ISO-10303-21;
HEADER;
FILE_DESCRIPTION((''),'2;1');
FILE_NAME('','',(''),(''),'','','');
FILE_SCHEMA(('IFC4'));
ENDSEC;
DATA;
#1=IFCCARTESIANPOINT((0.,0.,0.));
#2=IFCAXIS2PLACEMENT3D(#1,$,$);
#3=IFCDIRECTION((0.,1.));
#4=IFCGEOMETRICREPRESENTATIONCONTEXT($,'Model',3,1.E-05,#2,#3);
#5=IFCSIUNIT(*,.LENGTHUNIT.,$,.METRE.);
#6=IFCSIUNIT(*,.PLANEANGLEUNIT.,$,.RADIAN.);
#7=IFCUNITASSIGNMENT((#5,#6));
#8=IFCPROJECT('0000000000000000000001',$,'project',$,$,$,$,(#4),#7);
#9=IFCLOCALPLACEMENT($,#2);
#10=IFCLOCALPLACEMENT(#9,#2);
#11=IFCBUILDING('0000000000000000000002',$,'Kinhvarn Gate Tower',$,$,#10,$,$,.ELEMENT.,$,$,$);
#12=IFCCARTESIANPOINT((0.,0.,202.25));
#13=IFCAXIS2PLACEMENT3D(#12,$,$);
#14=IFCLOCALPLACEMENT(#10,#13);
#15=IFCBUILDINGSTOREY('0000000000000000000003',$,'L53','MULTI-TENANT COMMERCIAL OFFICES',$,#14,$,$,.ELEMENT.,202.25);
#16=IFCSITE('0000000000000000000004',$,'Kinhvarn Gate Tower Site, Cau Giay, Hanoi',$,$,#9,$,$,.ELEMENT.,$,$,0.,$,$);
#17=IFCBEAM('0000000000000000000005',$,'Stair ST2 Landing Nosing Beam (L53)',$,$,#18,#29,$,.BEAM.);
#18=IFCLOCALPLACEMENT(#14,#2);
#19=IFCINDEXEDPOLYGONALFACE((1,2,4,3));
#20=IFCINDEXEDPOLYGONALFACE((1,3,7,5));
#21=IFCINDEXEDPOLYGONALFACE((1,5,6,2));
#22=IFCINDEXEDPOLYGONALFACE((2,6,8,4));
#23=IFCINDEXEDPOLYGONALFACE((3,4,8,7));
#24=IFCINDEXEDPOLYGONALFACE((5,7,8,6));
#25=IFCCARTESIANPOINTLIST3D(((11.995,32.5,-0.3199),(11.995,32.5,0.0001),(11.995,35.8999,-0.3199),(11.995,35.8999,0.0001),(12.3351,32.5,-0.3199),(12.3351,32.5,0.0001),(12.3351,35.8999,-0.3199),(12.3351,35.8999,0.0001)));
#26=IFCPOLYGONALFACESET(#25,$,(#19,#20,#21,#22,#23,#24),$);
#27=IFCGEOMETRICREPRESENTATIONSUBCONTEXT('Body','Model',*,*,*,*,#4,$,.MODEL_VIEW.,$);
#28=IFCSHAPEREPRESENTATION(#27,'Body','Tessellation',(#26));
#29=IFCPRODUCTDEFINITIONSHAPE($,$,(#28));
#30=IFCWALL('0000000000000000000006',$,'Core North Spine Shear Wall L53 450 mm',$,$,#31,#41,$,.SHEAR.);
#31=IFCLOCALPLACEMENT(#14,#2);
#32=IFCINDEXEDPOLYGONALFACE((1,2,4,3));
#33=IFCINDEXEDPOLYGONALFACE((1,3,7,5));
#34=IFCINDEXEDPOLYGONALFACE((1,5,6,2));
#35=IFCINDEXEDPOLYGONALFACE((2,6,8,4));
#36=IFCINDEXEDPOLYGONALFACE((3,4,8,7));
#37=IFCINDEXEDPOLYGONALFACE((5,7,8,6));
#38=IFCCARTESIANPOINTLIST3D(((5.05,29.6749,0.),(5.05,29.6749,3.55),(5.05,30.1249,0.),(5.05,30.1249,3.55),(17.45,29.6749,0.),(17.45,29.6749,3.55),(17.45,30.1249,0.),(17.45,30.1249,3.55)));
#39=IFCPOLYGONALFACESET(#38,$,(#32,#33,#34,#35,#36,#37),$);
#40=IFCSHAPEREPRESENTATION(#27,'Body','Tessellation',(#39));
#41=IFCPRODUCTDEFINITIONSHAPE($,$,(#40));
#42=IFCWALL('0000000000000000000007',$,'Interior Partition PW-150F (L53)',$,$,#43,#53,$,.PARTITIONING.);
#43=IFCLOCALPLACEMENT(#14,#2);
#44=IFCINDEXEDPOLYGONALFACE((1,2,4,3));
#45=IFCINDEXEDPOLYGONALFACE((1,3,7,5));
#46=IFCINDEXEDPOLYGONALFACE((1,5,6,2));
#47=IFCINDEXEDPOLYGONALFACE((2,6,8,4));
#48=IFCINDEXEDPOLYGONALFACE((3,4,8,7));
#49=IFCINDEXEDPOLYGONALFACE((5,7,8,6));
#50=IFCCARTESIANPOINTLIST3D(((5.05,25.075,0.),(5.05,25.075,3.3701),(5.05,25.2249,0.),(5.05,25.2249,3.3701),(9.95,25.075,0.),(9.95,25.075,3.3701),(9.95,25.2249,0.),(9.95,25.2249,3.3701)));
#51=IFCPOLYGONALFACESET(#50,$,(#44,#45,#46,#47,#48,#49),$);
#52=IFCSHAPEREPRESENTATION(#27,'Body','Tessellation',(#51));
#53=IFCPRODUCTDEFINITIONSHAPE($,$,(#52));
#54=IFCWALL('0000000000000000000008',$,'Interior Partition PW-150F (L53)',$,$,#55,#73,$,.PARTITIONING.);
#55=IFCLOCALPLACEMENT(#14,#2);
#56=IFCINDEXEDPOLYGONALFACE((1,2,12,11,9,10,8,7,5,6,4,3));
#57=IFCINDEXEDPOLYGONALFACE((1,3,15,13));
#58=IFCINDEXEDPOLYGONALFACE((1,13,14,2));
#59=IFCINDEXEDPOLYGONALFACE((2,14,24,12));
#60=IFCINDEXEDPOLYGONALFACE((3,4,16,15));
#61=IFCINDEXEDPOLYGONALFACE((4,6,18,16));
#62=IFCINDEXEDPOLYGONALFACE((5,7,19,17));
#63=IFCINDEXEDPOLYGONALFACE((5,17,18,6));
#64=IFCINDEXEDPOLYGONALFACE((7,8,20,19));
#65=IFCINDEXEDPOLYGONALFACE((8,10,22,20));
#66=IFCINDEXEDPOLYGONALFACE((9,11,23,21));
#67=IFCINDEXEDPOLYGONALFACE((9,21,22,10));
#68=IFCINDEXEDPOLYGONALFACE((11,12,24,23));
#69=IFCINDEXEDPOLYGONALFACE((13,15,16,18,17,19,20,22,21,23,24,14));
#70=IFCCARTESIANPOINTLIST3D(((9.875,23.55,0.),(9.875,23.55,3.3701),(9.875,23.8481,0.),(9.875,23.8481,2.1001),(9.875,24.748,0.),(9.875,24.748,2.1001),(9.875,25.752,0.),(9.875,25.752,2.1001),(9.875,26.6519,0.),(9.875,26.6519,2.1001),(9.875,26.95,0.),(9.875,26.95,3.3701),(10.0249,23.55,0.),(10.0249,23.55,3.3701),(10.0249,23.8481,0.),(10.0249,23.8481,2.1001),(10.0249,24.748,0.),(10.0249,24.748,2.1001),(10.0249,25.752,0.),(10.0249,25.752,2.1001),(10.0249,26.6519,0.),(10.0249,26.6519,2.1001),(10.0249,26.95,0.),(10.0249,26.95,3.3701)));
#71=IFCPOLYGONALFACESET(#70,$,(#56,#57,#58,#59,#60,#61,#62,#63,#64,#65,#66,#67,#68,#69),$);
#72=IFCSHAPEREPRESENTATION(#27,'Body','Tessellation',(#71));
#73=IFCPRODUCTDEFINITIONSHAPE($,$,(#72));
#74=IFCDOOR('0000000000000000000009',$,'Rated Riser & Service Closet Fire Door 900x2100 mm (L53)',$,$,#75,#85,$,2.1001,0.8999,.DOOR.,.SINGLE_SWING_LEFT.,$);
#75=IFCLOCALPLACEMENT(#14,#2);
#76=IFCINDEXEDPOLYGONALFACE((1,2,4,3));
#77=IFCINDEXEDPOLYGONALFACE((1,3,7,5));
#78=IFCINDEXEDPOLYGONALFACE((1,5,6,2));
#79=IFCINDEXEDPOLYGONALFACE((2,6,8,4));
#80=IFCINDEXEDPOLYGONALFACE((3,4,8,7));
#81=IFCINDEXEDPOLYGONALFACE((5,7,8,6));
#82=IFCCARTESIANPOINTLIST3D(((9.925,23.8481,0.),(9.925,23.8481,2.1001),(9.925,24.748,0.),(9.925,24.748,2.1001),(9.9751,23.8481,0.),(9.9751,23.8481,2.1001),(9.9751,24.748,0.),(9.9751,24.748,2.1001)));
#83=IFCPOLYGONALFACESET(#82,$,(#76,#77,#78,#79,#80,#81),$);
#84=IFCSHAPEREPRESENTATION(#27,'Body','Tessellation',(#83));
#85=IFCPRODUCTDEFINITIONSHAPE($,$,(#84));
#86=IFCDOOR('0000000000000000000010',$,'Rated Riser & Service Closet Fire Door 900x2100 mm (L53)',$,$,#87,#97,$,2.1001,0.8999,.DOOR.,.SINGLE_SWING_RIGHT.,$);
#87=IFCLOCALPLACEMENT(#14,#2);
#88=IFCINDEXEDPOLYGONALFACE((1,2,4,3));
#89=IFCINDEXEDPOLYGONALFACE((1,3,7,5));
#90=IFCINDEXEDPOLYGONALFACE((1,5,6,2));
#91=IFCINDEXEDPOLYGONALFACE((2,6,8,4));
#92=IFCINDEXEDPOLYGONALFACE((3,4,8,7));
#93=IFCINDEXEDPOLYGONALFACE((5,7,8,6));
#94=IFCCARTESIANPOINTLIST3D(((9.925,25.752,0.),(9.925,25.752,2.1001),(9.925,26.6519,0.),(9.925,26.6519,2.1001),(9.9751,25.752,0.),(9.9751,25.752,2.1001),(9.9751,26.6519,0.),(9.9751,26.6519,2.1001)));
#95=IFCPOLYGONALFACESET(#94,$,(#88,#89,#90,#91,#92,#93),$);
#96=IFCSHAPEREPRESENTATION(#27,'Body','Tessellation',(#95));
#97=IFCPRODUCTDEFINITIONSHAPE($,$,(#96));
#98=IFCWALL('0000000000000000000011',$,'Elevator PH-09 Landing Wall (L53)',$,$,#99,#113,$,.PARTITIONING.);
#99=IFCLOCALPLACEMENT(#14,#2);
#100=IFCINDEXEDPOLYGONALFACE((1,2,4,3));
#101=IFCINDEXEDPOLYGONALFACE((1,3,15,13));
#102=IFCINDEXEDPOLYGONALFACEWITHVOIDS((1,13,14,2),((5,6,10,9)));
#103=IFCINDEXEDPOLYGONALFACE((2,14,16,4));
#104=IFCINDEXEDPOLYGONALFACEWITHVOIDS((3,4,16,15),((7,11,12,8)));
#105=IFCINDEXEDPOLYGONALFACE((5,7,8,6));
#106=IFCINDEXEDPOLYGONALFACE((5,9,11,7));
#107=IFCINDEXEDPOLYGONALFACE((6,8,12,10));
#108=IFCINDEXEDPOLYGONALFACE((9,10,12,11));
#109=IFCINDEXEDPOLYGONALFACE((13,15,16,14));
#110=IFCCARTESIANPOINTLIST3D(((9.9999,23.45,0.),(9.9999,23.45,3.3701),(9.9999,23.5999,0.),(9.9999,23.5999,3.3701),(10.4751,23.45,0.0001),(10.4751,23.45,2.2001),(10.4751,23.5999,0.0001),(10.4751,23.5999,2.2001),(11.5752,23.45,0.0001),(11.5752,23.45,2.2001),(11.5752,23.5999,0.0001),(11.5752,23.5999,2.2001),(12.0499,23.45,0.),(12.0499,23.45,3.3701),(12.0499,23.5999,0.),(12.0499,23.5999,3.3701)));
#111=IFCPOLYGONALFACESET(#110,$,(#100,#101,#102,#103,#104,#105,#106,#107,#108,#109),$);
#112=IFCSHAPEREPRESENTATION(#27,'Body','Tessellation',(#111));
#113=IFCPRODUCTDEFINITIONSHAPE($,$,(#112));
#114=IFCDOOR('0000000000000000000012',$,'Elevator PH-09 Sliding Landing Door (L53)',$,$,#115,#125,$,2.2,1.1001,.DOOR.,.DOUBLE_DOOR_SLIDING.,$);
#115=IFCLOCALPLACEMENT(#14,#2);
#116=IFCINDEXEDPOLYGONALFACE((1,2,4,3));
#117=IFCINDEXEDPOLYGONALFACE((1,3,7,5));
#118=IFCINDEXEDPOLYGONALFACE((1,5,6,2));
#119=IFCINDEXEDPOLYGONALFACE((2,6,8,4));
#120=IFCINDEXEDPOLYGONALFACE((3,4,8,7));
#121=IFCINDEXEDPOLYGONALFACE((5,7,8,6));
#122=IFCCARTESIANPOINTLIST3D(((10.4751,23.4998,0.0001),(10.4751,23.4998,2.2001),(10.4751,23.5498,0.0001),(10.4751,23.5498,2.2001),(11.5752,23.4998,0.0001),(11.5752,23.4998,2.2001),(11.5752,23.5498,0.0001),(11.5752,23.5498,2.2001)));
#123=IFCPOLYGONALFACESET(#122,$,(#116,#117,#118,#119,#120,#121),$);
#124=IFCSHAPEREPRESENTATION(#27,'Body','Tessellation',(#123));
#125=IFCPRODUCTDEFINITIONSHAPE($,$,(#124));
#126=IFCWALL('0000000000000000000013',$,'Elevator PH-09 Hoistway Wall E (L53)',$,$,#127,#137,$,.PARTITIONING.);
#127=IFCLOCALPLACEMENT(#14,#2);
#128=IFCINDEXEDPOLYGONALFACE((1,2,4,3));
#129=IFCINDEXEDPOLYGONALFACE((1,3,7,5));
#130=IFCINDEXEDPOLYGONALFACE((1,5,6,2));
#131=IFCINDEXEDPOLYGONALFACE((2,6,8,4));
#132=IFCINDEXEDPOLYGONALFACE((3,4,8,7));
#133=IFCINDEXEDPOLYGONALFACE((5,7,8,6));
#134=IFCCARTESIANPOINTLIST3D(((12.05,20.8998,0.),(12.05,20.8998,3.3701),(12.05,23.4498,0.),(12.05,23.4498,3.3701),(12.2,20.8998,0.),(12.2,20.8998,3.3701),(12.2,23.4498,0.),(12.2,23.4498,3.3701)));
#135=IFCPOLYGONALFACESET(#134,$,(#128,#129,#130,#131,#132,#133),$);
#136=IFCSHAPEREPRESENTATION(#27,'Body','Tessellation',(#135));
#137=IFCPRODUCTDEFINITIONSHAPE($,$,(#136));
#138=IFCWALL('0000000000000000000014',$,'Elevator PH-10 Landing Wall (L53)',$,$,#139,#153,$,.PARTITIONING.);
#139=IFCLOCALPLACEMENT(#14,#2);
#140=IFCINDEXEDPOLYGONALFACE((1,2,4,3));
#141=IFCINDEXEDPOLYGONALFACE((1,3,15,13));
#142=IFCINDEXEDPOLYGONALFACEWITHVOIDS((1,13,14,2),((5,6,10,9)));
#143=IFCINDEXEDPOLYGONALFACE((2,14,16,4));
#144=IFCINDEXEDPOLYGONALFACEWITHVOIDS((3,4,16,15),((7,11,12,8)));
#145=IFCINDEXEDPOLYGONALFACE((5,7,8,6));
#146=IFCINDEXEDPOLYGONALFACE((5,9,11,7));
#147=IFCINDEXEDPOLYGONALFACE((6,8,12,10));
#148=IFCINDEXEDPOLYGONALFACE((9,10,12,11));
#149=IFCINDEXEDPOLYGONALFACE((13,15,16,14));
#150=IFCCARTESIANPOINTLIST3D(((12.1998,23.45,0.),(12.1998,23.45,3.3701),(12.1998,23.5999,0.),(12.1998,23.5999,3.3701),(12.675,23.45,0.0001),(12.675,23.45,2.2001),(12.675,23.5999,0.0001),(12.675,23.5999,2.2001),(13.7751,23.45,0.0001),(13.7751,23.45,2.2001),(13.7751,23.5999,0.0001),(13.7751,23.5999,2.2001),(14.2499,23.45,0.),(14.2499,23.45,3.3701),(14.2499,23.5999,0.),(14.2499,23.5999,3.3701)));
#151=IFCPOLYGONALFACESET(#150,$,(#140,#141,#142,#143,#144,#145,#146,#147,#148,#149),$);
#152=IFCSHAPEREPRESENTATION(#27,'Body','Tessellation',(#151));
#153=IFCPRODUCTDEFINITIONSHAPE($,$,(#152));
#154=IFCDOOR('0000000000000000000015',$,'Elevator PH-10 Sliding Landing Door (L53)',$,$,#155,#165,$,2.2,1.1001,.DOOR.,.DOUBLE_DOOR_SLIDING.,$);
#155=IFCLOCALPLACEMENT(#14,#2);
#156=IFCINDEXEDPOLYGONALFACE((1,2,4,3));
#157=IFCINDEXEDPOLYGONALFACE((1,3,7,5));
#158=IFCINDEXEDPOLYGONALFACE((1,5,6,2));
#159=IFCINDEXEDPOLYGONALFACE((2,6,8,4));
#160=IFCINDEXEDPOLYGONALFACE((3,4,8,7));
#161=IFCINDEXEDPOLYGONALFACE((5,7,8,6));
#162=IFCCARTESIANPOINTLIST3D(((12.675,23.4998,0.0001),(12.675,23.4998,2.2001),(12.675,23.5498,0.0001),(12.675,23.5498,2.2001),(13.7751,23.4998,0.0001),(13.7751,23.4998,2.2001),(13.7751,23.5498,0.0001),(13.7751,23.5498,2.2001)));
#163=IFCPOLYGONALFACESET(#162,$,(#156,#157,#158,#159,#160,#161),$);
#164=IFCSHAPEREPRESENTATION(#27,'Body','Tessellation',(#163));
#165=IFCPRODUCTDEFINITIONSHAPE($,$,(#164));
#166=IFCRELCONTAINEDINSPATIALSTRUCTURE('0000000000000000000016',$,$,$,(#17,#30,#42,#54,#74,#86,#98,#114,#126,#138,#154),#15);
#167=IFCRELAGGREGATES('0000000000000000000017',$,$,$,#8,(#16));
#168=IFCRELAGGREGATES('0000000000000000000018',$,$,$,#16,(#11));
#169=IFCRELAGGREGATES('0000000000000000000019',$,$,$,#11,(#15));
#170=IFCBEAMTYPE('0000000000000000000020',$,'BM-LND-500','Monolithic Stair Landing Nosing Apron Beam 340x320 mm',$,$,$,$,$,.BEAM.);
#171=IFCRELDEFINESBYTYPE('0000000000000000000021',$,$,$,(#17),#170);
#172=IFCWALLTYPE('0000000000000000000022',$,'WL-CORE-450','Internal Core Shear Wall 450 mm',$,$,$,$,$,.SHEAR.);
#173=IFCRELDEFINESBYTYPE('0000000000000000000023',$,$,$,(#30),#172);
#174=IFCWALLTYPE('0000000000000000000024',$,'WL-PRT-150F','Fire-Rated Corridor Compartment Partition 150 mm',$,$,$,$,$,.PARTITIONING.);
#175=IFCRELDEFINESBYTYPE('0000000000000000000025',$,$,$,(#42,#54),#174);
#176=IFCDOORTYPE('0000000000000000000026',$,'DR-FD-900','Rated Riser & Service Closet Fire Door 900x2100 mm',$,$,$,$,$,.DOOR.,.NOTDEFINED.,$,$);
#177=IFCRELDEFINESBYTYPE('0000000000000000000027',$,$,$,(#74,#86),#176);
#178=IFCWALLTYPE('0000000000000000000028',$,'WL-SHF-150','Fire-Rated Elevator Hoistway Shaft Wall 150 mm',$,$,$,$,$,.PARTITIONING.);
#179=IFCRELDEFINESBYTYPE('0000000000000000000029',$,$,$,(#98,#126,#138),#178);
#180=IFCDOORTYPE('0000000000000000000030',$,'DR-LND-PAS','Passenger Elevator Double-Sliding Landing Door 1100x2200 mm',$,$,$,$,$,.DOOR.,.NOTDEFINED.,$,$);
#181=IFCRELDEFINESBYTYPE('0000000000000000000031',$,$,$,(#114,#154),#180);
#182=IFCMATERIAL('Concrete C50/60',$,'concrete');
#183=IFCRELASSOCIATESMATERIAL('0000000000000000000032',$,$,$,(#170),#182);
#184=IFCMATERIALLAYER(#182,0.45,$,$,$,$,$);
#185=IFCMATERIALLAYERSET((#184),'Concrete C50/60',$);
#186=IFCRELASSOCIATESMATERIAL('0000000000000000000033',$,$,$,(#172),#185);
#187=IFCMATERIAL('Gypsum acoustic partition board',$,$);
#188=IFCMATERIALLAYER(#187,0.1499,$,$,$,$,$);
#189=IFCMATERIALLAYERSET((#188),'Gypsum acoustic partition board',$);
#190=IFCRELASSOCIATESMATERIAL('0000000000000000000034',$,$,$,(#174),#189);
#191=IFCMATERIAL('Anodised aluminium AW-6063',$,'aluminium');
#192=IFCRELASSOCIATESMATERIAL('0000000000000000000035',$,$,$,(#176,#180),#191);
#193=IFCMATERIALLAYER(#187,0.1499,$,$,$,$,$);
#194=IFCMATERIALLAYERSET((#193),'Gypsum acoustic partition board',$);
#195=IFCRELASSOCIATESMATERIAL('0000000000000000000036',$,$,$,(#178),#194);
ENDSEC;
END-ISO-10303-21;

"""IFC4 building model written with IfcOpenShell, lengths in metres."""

from ifc_helpers import new_model, si_unit, direction, frame, frame_2d, origin, origin_2d, place, context, subcontext, project, spatial, rectangle, extrude, material, layer, layer_set, material_profile, profile_set, type_object, element, fill, save


model = new_model("IFC4")

# Units and contexts
model_context = context("Model", 3, precision=1e-05, world=origin(), true_north=direction((0.0, 1.0)))
body_context = subcontext(model_context, "Body", "Model", "MODEL_VIEW")
ifc_project = project(units=[si_unit("LENGTHUNIT", "METRE"), si_unit("PLANEANGLEUNIT", "RADIAN")], contexts=[model_context])

# Site, building, storey
site_placement = place(None, origin())
site = spatial("IfcSite", under=ifc_project, at=site_placement, Name="Kinhvarn Gate Tower Site, Cau Giay, Hanoi", CompositionType="ELEMENT", RefElevation=0.0)
building_placement = place(site_placement, origin())
building = spatial("IfcBuilding", under=site, at=building_placement, Name="Kinhvarn Gate Tower", CompositionType="ELEMENT")
storey_placement = place(building_placement, frame((0.0, 0.0, 202.25)))
storey = spatial("IfcBuildingStorey", under=building, at=storey_placement, Name="L53", Description="MULTI-TENANT COMMERCIAL OFFICES", CompositionType="ELEMENT", Elevation=202.25)

# Beam
ifc_material_1 = material(Name="Concrete C50/60", Category="concrete")
ifc_material_profile = material_profile(ifc_material_1, rectangle(XDim=0.3401, YDim=0.3201, at=origin_2d()), Name="RC 340x320")
ifc_profile_set = profile_set([ifc_material_profile], Name="Concrete C50/60")
beam_type = type_object("IfcBeamType", Name="BM-LND-500", Description="Monolithic Stair Landing Nosing Apron Beam 340x320 mm", PredefinedType="BEAM", material=ifc_profile_set)
beam_placement = place(storey_placement, frame((12.165, 32.5, -0.1599), z_axis=(0.0, 1.0, 0.0), x_axis=(-1.0, 0.0, 0.0)))
element("IfcBeam", 1, at=beam_placement, inside=storey, type_object=beam_type, Name="Stair ST2 Landing Nosing Beam (L53)", PredefinedType="BEAM", context=body_context, shape_type="SweptSolid", body=[
    extrude(rectangle(XDim=0.3401, YDim=0.3201, at=origin_2d()), origin(), (0.0, 0.0, 1.0), 3.3999),
])

# Walls
ifc_layer_1 = layer(ifc_material_1, 0.45)
ifc_layer_set_1 = layer_set([ifc_layer_1], Name="Concrete C50/60")
wall_type_1 = type_object("IfcWallType", Name="WL-CORE-450", Description="Internal Core Shear Wall 450 mm", PredefinedType="SHEAR", material=ifc_layer_set_1)
wall_1_placement = place(storey_placement, frame((5.05, 29.8999, 0.0), z_axis=(0.0, 0.0, 1.0), x_axis=(1.0, 0.0, 0.0)))
element("IfcWall", 2, at=wall_1_placement, inside=storey, type_object=wall_type_1, Name="Core North Spine Shear Wall L53 450 mm", PredefinedType="SHEAR", context=body_context, shape_type="SweptSolid", body=[
    extrude(rectangle(XDim=12.3999, YDim=0.45, at=frame_2d((6.2, 0.0))), origin(), (0.0, 0.0, 1.0), 3.55),
])
ifc_material_2 = material(Name="Gypsum acoustic partition board")
ifc_layer_2 = layer(ifc_material_2, 0.1499)
ifc_layer_set_2 = layer_set([ifc_layer_2], Name="Gypsum acoustic partition board")
wall_type_2 = type_object("IfcWallType", Name="WL-PRT-150F", Description="Fire-Rated Corridor Compartment Partition 150 mm", PredefinedType="PARTITIONING", material=ifc_layer_set_2)
wall_2_placement = place(storey_placement, frame((5.05, 25.1499, 0.0), z_axis=(0.0, 0.0, 1.0), x_axis=(1.0, 0.0, 0.0)))
element("IfcWall", 3, at=wall_2_placement, inside=storey, type_object=wall_type_2, Name="Interior Partition PW-150F (L53)", PredefinedType="PARTITIONING", context=body_context, shape_type="SweptSolid", body=[
    extrude(rectangle(XDim=4.8999, YDim=0.1499, at=frame_2d((2.45, 0.0))), origin(), (0.0, 0.0, 1.0), 3.3701),
])

# Wall, openings, doors
wall_3_placement = place(storey_placement, frame((9.95, 23.55, 0.0), z_axis=(0.0, 0.0, 1.0), x_axis=(0.0, 1.0, 0.0)))
wall_3 = element("IfcWall", 4, at=wall_3_placement, inside=storey, type_object=wall_type_2, Name="Interior Partition PW-150F (L53)", PredefinedType="PARTITIONING", context=body_context, shape_type="SweptSolid", body=[
    extrude(rectangle(XDim=3.3999, YDim=0.1499, at=frame_2d((1.7, 0.0))), origin(), (0.0, 0.0, 1.0), 3.3701),
])
opening_1_placement = place(wall_3_placement, frame((0.2981, 0.0, 0.0)))
opening_1 = element("IfcOpeningElement", 5, at=opening_1_placement, cuts=wall_3, PredefinedType="OPENING", context=body_context, shape_type="SweptSolid", body=[
    extrude(rectangle(XDim=0.8999, YDim=2.1001, at=frame_2d((0.45, 1.05))), frame((0.0, 0.085, 0.0), z_axis=(0.0, -1.0, 0.0), x_axis=(1.0, 0.0, 0.0)), (0.0, 0.0, 1.0), 0.1699),
])
opening_2_placement = place(wall_3_placement, frame((2.2019, 0.0, 0.0)))
opening_2 = element("IfcOpeningElement", 6, at=opening_2_placement, cuts=wall_3, PredefinedType="OPENING", context=body_context, shape_type="SweptSolid", body=[
    extrude(rectangle(XDim=0.8999, YDim=2.1001, at=frame_2d((0.45, 1.05))), frame((0.0, 0.085, 0.0), z_axis=(0.0, -1.0, 0.0), x_axis=(1.0, 0.0, 0.0)), (0.0, 0.0, 1.0), 0.1699),
])
ifc_material_3 = material(Name="Anodised aluminium AW-6063", Category="aluminium")
door_type_1 = type_object("IfcDoorType", Name="DR-FD-900", Description="Rated Riser & Service Closet Fire Door 900x2100 mm", OperationType="NOTDEFINED", PredefinedType="DOOR", material=ifc_material_3)
door_1_placement = place(opening_1_placement, origin())
door_1 = element("IfcDoor", 7, at=door_1_placement, inside=storey, type_object=door_type_1, Name="Rated Riser & Service Closet Fire Door 900x2100 mm (L53)", OperationType="SINGLE_SWING_LEFT", OverallHeight=2.1001, OverallWidth=0.8999, PredefinedType="DOOR", context=body_context, shape_type="SweptSolid", body=[
    extrude(rectangle(XDim=0.8999, YDim=2.1001, at=frame_2d((0.45, 1.05))), frame((0.0, 0.0249, 0.0), z_axis=(0.0, -1.0, 0.0), x_axis=(1.0, 0.0, 0.0)), (0.0, 0.0, 1.0), 0.05),
])
fill(opening_1, door_1)
door_2_placement = place(opening_2_placement, origin())
door_2 = element("IfcDoor", 8, at=door_2_placement, inside=storey, type_object=door_type_1, Name="Rated Riser & Service Closet Fire Door 900x2100 mm (L53)", OperationType="SINGLE_SWING_RIGHT", OverallHeight=2.1001, OverallWidth=0.8999, PredefinedType="DOOR", context=body_context, shape_type="SweptSolid", body=[
    extrude(rectangle(XDim=0.8999, YDim=2.1001, at=frame_2d((0.45, 1.05))), frame((0.0, 0.0249, 0.0), z_axis=(0.0, -1.0, 0.0), x_axis=(1.0, 0.0, 0.0)), (0.0, 0.0, 1.0), 0.05),
])
fill(opening_2, door_2)

# Wall, opening, door
ifc_layer_3 = layer(ifc_material_2, 0.1499)
ifc_layer_set_3 = layer_set([ifc_layer_3], Name="Gypsum acoustic partition board")
wall_type_3 = type_object("IfcWallType", Name="WL-SHF-150", Description="Fire-Rated Elevator Hoistway Shaft Wall 150 mm", PredefinedType="PARTITIONING", material=ifc_layer_set_3)
wall_4_placement = place(storey_placement, frame((10.0, 23.5249, 0.0), z_axis=(0.0, 0.0, 1.0), x_axis=(1.0, 0.0, 0.0)))
wall_4 = element("IfcWall", 9, at=wall_4_placement, inside=storey, type_object=wall_type_3, Name="Elevator PH-09 Landing Wall (L53)", PredefinedType="PARTITIONING", context=body_context, shape_type="SweptSolid", body=[
    extrude(rectangle(XDim=2.05, YDim=0.1499, at=frame_2d((1.0249, 0.0))), origin(), (0.0, 0.0, 1.0), 3.3701),
])
opening_3_placement = place(wall_4_placement, frame((0.4751, 0.0, 0.0)))
opening_3 = element("IfcOpeningElement", 10, at=opening_3_placement, cuts=wall_4, PredefinedType="OPENING", context=body_context, shape_type="SweptSolid", body=[
    extrude(rectangle(XDim=1.1001, YDim=2.2, at=frame_2d((0.55, 1.1001))), frame((0.0, 0.085, 0.0), z_axis=(0.0, -1.0, 0.0), x_axis=(1.0, 0.0, 0.0)), (0.0, 0.0, 1.0), 0.1699),
])
door_type_2 = type_object("IfcDoorType", Name="DR-LND-PAS", Description="Passenger Elevator Double-Sliding Landing Door 1100x2200 mm", OperationType="NOTDEFINED", PredefinedType="DOOR", material=ifc_material_3)
door_3_placement = place(opening_3_placement, origin())
door_3 = element("IfcDoor", 11, at=door_3_placement, inside=storey, type_object=door_type_2, Name="Elevator PH-09 Sliding Landing Door (L53)", OperationType="DOUBLE_DOOR_SLIDING", OverallHeight=2.2, OverallWidth=1.1001, PredefinedType="DOOR", context=body_context, shape_type="SweptSolid", body=[
    extrude(rectangle(XDim=1.1001, YDim=2.2, at=frame_2d((0.55, 1.1001))), frame((0.0, 0.0249, 0.0), z_axis=(0.0, -1.0, 0.0), x_axis=(1.0, 0.0, 0.0)), (0.0, 0.0, 1.0), 0.05),
])
fill(opening_3, door_3)

# Wall
wall_5_placement = place(storey_placement, frame((12.125, 20.8999, 0.0), z_axis=(0.0, 0.0, 1.0), x_axis=(0.0, 1.0, 0.0)))
element("IfcWall", 12, at=wall_5_placement, inside=storey, type_object=wall_type_3, Name="Elevator PH-09 Hoistway Wall E (L53)", PredefinedType="PARTITIONING", context=body_context, shape_type="SweptSolid", body=[
    extrude(rectangle(XDim=2.55, YDim=0.1499, at=frame_2d((1.2749, 0.0))), origin(), (0.0, 0.0, 1.0), 3.3701),
])

# Wall, opening, door
wall_6_placement = place(storey_placement, frame((12.2, 23.5249, 0.0), z_axis=(0.0, 0.0, 1.0), x_axis=(1.0, 0.0, 0.0)))
wall_6 = element("IfcWall", 13, at=wall_6_placement, inside=storey, type_object=wall_type_3, Name="Elevator PH-10 Landing Wall (L53)", PredefinedType="PARTITIONING", context=body_context, shape_type="SweptSolid", body=[
    extrude(rectangle(XDim=2.05, YDim=0.1499, at=frame_2d((1.0249, 0.0))), origin(), (0.0, 0.0, 1.0), 3.3701),
])
opening_4_placement = place(wall_6_placement, frame((0.4751, 0.0, 0.0)))
opening_4 = element("IfcOpeningElement", 14, at=opening_4_placement, cuts=wall_6, PredefinedType="OPENING", context=body_context, shape_type="SweptSolid", body=[
    extrude(rectangle(XDim=1.1001, YDim=2.2, at=frame_2d((0.55, 1.1001))), frame((0.0, 0.085, 0.0), z_axis=(0.0, -1.0, 0.0), x_axis=(1.0, 0.0, 0.0)), (0.0, 0.0, 1.0), 0.1699),
])
door_4_placement = place(opening_4_placement, origin())
door_4 = element("IfcDoor", 15, at=door_4_placement, inside=storey, type_object=door_type_2, Name="Elevator PH-10 Sliding Landing Door (L53)", OperationType="DOUBLE_DOOR_SLIDING", OverallHeight=2.2, OverallWidth=1.1001, PredefinedType="DOOR", context=body_context, shape_type="SweptSolid", body=[
    extrude(rectangle(XDim=1.1001, YDim=2.2, at=frame_2d((0.55, 1.1001))), frame((0.0, 0.0249, 0.0), z_axis=(0.0, -1.0, 0.0), x_axis=(1.0, 0.0, 0.0)), (0.0, 0.0, 1.0), 0.05),
])
fill(opening_4, door_4)

save(model, "model.ifc")
